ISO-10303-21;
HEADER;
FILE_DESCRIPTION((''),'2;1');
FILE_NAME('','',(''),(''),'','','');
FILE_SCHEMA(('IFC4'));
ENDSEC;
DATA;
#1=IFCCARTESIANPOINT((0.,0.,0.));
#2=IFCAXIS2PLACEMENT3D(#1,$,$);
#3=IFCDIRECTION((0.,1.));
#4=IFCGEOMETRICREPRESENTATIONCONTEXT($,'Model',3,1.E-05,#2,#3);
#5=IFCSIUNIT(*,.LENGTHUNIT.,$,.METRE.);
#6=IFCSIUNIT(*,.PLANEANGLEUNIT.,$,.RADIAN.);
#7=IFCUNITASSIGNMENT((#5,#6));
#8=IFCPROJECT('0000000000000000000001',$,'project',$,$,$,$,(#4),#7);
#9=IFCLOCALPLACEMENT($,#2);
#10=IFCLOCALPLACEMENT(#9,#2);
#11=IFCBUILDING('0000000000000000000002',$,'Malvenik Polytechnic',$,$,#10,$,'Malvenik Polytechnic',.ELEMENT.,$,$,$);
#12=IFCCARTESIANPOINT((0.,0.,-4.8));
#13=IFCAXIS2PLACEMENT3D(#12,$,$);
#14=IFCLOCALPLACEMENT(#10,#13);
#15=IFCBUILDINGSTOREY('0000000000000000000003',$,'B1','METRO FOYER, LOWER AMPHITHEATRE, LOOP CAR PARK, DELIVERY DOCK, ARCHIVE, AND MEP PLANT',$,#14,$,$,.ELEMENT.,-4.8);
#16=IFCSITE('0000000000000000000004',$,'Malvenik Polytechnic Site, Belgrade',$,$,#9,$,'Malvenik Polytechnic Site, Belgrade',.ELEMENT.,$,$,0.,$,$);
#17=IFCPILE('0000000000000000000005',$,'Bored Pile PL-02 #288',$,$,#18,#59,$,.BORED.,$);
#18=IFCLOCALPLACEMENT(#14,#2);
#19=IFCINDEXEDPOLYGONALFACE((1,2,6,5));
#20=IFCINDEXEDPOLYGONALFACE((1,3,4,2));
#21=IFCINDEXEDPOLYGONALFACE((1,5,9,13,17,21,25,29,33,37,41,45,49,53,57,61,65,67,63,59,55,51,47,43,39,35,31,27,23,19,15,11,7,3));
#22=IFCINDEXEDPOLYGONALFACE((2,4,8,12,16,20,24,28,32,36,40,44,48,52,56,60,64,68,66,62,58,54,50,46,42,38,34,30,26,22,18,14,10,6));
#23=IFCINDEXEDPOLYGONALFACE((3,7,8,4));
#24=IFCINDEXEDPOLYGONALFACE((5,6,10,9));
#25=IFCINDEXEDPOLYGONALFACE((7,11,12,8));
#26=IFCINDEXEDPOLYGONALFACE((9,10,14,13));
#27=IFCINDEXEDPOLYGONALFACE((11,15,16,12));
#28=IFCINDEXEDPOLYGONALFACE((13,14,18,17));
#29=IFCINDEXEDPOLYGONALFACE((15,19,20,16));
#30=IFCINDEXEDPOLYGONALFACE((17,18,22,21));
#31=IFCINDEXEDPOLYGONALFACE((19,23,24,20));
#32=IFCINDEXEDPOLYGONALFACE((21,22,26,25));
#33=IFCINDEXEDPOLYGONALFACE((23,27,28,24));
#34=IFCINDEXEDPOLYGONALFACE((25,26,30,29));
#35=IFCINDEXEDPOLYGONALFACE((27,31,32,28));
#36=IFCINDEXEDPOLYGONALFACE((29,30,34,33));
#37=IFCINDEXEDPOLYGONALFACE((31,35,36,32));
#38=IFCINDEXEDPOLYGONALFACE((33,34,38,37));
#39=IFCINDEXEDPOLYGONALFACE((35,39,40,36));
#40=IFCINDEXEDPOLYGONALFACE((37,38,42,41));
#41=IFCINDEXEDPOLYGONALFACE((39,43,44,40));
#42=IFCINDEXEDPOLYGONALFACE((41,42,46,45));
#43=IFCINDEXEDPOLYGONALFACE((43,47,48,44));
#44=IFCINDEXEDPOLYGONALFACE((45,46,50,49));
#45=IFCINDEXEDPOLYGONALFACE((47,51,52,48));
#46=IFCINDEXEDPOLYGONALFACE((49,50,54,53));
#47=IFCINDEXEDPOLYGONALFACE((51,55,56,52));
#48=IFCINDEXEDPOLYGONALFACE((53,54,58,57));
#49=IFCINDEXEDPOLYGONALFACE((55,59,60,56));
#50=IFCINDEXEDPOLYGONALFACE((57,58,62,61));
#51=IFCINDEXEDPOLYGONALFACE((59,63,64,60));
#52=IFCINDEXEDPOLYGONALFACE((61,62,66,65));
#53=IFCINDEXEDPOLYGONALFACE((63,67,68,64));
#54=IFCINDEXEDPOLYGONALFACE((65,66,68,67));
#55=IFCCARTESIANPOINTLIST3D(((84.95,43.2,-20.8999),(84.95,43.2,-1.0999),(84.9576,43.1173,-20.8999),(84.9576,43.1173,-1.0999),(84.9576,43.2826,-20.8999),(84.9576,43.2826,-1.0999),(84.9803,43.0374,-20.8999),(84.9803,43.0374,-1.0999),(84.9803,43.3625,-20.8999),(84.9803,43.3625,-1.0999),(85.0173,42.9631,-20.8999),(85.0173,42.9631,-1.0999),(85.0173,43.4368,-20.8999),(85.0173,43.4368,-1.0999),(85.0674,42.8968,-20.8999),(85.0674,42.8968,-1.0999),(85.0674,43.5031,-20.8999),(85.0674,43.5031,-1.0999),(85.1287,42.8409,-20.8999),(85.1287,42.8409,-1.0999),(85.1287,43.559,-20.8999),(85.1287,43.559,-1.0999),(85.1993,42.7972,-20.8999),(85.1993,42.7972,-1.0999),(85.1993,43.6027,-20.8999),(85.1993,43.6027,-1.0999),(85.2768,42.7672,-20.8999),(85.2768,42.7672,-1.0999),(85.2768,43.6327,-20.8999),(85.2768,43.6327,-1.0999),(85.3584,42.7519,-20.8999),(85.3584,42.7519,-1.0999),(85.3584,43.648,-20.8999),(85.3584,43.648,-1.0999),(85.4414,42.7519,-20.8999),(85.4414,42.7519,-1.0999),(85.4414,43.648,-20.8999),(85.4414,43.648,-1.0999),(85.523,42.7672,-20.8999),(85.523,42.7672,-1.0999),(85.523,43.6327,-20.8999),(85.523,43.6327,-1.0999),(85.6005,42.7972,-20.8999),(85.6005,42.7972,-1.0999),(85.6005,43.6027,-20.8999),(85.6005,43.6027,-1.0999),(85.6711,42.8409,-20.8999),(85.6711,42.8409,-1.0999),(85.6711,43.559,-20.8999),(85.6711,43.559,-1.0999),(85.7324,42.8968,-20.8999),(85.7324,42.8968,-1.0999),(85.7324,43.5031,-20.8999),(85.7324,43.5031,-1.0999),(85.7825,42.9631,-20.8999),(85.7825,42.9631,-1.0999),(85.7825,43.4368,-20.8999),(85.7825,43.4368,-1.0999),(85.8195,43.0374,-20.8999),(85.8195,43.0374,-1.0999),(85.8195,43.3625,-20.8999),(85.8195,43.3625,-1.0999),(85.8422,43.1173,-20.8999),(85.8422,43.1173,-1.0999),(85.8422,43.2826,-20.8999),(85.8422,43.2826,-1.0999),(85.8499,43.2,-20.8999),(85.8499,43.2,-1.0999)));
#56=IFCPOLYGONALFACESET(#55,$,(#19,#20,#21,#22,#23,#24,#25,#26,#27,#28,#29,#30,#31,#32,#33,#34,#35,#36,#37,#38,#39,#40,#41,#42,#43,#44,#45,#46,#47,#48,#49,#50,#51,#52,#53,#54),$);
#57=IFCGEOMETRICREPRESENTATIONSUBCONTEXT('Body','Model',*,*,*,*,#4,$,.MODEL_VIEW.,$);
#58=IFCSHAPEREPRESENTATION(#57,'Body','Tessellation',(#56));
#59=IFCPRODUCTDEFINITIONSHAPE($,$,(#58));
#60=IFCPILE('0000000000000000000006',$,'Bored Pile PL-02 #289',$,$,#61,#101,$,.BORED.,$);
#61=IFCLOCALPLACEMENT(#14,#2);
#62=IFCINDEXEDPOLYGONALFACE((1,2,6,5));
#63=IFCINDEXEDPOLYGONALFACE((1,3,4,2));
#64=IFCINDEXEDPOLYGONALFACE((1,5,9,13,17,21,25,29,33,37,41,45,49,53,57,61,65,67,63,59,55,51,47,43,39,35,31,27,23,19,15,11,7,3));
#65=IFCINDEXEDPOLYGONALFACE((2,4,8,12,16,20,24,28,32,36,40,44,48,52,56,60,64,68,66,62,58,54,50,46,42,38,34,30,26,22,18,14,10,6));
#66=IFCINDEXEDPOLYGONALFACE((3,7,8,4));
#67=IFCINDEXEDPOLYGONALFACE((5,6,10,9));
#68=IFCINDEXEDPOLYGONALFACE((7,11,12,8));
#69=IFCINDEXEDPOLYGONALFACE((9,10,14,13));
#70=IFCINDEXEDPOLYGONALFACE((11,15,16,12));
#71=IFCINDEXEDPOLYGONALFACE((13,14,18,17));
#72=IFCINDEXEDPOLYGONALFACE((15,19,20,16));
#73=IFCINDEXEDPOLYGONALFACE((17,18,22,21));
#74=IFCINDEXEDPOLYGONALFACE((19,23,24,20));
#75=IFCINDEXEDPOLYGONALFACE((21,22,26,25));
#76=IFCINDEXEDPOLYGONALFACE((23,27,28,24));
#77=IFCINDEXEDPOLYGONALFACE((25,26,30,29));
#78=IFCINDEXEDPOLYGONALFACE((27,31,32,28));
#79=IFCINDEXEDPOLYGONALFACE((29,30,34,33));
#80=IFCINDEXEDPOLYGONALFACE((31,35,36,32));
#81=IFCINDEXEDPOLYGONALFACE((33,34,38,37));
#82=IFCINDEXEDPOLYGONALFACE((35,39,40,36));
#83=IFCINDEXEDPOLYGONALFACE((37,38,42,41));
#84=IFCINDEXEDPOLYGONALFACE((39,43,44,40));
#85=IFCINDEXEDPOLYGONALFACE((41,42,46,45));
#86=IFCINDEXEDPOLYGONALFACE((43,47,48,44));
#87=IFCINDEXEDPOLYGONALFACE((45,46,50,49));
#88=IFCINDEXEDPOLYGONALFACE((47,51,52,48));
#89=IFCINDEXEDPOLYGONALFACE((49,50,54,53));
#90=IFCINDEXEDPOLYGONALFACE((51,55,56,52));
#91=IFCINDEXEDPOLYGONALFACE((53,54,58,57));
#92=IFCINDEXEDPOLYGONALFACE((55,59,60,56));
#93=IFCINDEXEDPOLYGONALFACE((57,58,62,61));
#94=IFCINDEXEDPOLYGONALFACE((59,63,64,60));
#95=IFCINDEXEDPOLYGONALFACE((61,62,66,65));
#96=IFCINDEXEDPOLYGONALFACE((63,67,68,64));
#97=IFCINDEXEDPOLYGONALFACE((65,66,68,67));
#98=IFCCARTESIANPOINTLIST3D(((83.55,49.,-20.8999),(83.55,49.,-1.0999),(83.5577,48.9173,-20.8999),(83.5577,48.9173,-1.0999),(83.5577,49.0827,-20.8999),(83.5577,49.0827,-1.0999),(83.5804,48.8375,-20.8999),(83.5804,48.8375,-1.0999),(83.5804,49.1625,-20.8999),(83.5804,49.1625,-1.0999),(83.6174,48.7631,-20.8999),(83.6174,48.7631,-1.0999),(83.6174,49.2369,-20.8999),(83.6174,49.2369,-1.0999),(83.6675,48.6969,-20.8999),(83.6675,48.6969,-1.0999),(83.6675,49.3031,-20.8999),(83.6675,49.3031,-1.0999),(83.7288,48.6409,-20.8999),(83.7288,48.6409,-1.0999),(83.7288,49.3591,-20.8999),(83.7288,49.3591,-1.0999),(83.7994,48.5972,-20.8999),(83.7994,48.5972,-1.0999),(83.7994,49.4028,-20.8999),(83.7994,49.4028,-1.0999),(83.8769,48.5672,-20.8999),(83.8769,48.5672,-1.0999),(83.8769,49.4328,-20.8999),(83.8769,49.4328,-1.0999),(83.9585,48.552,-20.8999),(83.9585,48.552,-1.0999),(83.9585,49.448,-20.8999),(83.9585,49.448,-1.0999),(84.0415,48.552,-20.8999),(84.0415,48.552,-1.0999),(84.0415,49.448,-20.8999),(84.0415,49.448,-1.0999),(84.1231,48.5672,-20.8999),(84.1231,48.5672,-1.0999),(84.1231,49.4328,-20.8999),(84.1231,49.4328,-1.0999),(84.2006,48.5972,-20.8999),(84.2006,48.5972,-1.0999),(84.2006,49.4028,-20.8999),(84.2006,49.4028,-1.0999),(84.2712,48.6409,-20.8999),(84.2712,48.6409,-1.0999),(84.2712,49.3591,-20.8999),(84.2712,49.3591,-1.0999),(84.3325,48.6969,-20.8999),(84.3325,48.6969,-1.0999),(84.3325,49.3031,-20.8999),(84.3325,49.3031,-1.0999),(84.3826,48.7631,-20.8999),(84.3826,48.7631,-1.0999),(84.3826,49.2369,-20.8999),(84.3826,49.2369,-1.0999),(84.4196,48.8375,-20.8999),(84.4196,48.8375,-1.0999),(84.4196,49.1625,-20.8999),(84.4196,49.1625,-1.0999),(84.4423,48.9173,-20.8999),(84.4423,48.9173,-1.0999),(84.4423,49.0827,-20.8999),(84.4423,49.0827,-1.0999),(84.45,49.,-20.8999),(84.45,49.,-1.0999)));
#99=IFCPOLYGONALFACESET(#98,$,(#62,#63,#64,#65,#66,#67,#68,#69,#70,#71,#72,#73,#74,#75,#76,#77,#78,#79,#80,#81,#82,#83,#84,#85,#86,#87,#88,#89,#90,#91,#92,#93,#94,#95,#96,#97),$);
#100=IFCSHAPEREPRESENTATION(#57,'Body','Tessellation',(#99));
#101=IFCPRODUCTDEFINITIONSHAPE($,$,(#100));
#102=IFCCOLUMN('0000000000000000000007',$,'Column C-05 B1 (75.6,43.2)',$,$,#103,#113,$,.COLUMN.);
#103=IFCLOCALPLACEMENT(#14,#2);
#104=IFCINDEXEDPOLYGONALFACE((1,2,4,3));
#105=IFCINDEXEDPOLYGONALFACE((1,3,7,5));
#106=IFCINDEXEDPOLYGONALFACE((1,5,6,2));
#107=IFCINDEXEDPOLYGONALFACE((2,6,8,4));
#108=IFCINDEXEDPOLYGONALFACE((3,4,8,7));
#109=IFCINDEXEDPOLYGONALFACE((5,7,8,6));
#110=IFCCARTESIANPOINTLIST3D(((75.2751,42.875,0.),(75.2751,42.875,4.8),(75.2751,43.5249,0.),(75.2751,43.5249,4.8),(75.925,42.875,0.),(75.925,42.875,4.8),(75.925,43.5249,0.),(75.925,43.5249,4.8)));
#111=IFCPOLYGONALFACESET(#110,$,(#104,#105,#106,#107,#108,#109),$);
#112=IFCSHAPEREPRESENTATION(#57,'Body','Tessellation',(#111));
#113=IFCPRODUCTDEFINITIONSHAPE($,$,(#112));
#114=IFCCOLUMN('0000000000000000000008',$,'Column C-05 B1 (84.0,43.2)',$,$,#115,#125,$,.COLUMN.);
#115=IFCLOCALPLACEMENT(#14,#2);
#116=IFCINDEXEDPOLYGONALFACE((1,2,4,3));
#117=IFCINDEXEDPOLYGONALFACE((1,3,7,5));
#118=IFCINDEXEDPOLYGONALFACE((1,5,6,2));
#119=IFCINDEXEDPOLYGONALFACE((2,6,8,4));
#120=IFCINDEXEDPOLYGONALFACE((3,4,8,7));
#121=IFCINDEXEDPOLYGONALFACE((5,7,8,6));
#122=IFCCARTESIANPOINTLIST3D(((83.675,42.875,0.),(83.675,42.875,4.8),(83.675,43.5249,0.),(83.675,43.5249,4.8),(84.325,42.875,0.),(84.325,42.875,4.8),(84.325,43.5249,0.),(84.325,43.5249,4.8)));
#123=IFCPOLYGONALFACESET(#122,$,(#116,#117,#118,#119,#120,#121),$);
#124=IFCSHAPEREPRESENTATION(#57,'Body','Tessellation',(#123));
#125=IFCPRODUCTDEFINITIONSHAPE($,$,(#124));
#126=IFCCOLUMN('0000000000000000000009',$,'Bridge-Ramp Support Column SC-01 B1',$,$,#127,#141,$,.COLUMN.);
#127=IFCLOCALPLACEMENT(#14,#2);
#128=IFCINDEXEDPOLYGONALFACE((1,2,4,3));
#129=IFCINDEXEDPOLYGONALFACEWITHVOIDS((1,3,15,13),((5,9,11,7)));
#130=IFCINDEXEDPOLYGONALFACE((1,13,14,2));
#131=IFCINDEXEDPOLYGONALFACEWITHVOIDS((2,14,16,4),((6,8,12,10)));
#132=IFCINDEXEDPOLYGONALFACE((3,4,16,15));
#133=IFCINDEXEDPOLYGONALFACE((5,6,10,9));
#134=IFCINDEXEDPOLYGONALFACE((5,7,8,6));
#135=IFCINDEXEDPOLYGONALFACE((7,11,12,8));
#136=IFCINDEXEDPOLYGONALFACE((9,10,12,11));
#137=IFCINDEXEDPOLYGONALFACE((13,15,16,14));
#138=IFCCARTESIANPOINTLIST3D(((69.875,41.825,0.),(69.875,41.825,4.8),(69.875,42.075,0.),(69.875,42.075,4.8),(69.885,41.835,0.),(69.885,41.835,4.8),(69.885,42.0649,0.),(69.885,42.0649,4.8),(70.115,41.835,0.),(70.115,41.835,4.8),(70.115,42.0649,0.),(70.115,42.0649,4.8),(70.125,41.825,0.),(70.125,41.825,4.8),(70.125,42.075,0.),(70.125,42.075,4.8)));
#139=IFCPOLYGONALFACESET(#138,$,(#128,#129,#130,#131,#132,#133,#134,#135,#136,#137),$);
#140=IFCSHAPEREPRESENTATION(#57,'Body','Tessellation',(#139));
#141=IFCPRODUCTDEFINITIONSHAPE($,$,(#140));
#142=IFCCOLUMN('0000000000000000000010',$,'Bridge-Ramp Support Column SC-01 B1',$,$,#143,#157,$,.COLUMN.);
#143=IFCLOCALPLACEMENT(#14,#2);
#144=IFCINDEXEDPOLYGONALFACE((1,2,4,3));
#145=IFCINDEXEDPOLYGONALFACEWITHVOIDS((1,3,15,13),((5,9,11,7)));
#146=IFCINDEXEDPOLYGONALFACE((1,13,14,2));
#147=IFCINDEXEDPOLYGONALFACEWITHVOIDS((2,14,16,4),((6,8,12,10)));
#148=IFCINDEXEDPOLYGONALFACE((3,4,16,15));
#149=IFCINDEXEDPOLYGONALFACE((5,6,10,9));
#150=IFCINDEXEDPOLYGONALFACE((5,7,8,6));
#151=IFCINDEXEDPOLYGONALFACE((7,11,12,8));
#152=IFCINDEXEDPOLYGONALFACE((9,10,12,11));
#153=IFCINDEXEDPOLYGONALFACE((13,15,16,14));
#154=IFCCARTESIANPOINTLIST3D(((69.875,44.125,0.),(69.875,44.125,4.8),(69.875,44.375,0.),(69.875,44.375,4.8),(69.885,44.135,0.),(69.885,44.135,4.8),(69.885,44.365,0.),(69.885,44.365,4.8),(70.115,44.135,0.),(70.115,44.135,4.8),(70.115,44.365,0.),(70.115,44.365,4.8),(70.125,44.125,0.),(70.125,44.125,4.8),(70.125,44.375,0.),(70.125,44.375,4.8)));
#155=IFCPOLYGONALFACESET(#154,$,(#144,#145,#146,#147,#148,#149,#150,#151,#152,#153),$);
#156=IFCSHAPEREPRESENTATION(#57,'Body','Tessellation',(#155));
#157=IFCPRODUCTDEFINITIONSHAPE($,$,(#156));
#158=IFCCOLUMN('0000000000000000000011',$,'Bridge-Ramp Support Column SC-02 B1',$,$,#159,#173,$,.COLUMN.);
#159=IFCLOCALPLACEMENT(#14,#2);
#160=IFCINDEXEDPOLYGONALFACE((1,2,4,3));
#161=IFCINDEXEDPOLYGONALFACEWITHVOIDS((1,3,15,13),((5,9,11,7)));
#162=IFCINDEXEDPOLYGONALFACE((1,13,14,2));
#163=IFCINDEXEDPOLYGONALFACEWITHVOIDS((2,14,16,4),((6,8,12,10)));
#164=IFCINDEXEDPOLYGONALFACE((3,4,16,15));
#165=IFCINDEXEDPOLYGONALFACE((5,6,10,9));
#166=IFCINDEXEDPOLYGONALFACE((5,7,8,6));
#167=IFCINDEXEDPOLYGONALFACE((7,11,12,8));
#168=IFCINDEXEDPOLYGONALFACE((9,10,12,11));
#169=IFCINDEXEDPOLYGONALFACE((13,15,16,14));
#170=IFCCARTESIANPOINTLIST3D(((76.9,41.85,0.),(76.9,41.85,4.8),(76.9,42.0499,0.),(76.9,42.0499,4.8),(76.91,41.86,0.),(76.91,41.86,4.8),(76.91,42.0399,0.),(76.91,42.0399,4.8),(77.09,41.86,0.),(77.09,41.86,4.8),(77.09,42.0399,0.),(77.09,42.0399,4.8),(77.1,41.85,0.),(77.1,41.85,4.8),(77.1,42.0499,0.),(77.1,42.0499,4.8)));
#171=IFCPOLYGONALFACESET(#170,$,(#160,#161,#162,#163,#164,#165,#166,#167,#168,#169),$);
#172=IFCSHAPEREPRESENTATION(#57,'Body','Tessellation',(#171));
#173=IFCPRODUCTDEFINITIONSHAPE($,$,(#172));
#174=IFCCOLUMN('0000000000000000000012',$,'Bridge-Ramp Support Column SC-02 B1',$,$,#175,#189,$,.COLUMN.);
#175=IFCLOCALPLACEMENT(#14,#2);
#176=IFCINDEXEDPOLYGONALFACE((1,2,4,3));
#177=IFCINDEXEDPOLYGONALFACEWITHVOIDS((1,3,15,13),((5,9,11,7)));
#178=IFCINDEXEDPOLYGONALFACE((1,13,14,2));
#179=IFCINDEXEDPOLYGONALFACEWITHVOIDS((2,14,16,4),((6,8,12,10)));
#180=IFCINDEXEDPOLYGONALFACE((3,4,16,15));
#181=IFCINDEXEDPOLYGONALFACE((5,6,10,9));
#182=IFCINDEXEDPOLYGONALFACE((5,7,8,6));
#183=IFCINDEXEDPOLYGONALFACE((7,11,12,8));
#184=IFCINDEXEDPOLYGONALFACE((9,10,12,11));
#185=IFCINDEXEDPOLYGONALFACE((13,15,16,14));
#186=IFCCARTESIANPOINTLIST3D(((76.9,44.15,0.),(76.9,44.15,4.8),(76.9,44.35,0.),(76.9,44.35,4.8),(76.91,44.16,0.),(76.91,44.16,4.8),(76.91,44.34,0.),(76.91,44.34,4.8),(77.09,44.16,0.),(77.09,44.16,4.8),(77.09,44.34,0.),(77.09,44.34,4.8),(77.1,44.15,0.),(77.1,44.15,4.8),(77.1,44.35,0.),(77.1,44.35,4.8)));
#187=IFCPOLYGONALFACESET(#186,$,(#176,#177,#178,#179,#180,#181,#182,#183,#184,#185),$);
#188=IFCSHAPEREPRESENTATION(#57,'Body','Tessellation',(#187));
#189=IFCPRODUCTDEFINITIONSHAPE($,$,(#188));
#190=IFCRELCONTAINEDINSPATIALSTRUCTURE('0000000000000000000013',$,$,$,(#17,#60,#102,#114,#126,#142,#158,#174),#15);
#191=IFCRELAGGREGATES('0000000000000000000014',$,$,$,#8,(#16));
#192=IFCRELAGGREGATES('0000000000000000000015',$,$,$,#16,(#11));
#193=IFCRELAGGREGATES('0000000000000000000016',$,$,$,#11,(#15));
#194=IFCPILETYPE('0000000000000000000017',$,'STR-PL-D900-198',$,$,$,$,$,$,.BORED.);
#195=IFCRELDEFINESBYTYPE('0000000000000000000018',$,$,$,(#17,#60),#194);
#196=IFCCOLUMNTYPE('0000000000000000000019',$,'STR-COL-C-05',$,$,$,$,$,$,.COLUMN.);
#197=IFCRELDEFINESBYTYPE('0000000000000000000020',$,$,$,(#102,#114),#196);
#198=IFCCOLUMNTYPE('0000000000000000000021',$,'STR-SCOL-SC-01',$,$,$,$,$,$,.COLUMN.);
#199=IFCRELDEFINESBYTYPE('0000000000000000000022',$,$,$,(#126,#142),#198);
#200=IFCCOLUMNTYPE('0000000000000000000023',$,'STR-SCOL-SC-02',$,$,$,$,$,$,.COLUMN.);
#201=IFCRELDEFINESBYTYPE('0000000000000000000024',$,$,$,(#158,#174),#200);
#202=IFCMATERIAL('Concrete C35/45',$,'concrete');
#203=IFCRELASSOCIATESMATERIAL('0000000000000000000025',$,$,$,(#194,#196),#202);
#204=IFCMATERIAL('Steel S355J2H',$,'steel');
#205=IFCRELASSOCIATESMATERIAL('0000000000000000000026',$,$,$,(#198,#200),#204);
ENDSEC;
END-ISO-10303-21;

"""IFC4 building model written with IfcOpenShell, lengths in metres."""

from ifc_helpers import new_model, si_unit, direction, frame, origin, origin_2d, place, context, subcontext, project, spatial, rectangle, hollow_rectangle, circle, extrude, material, material_profile, profile_set, type_object, element, save


model = new_model("IFC4")

# Units and contexts
model_context = context("Model", 3, precision=1e-05, world=origin(), true_north=direction((0.0, 1.0)))
body_context = subcontext(model_context, "Body", "Model", "MODEL_VIEW")
ifc_project = project(units=[si_unit("LENGTHUNIT", "METRE"), si_unit("PLANEANGLEUNIT", "RADIAN")], contexts=[model_context])

# Site, building, storey
site_placement = place(None, origin())
site = spatial("IfcSite", under=ifc_project, at=site_placement, Name="Malvenik Polytechnic Site, Belgrade", LongName="Malvenik Polytechnic Site, Belgrade", CompositionType="ELEMENT", RefElevation=0.0)
building_placement = place(site_placement, origin())
building = spatial("IfcBuilding", under=site, at=building_placement, Name="Malvenik Polytechnic", LongName="Malvenik Polytechnic", CompositionType="ELEMENT")
storey_placement = place(building_placement, frame((0.0, 0.0, -4.8)))
storey = spatial("IfcBuildingStorey", under=building, at=storey_placement, Name="B1", Description="METRO FOYER, LOWER AMPHITHEATRE, LOOP CAR PARK, DELIVERY DOCK, ARCHIVE, AND MEP PLANT", CompositionType="ELEMENT", Elevation=-4.8)

# Shared definitions
ifc_material_1 = material(Name="Concrete C35/45", Category="concrete")

# Piles
ifc_material_profile_1 = material_profile(ifc_material_1, circle(Radius=0.45, at=origin_2d()), Name="BORED PILE D900")
ifc_profile_set_1 = profile_set([ifc_material_profile_1], Name="Concrete C35/45")
pile_type = type_object("IfcPileType", Name="STR-PL-D900-198", PredefinedType="BORED", material=ifc_profile_set_1)
for number, where, z_axis, x_axis, name in (
    (1, (85.3999, 43.2, -1.0999), (0.0, 0.0, -1.0), (1.0, 0.0, 0.0), "Bored Pile PL-02 #288"),
    (2, (84.0, 49.0, -1.0999), (0.0, 0.0, -1.0), (1.0, 0.0, 0.0), "Bored Pile PL-02 #289"),
):
    element("IfcPile", number, at=place(storey_placement, frame(where, z_axis=z_axis, x_axis=x_axis)), inside=storey, type_object=pile_type, Name=name, PredefinedType="BORED", context=body_context, shape_type="SweptSolid", body=[
        extrude(circle(Radius=0.45, at=origin_2d()), origin(), (0.0, 0.0, 1.0), 19.8),
    ])

# Columns
ifc_material_profile_2 = material_profile(ifc_material_1, rectangle(XDim=0.6499, YDim=0.6499, at=origin_2d()), Name="RC COL 650x650")
ifc_profile_set_2 = profile_set([ifc_material_profile_2], Name="Concrete C35/45")
column_type_1 = type_object("IfcColumnType", Name="STR-COL-C-05", PredefinedType="COLUMN", material=ifc_profile_set_2)
for number, where, z_axis, x_axis, name in (
    (3, (75.6001, 43.2, 0.0), (0.0, 0.0, 1.0), (1.0, 0.0, 0.0), "Column C-05 B1 (75.6,43.2)"),
    (4, (84.0, 43.2, 0.0), (0.0, 0.0, 1.0), (1.0, 0.0, 0.0), "Column C-05 B1 (84.0,43.2)"),
):
    element("IfcColumn", number, at=place(storey_placement, frame(where, z_axis=z_axis, x_axis=x_axis)), inside=storey, type_object=column_type_1, Name=name, PredefinedType="COLUMN", context=body_context, shape_type="SweptSolid", body=[
        extrude(rectangle(XDim=0.6499, YDim=0.6499, at=origin_2d()), origin(), (0.0, 0.0, 1.0), 4.8),
    ])
ifc_material_2 = material(Name="Steel S355J2H", Category="steel")
ifc_material_profile_3 = material_profile(ifc_material_2, hollow_rectangle(XDim=0.25, YDim=0.25, WallThickness=0.01, at=origin_2d()), Name="SHS 250x250x10.0")
ifc_profile_set_3 = profile_set([ifc_material_profile_3], Name="Steel S355J2H")
column_type_2 = type_object("IfcColumnType", Name="STR-SCOL-SC-01", PredefinedType="COLUMN", material=ifc_profile_set_3)
for number, where, z_axis, x_axis, name in (
    (5, (70.0, 41.95, 0.0), (0.0, 0.0, 1.0), (1.0, 0.0, 0.0), "Bridge-Ramp Support Column SC-01 B1"),
    (6, (70.0, 44.25, 0.0), (0.0, 0.0, 1.0), (1.0, 0.0, 0.0), "Bridge-Ramp Support Column SC-01 B1"),
):
    element("IfcColumn", number, at=place(storey_placement, frame(where, z_axis=z_axis, x_axis=x_axis)), inside=storey, type_object=column_type_2, Name=name, PredefinedType="COLUMN", context=body_context, shape_type="SweptSolid", body=[
        extrude(hollow_rectangle(XDim=0.25, YDim=0.25, WallThickness=0.01, at=origin_2d()), origin(), (0.0, 0.0, 1.0), 4.8),
    ])
ifc_material_profile_4 = material_profile(ifc_material_2, hollow_rectangle(XDim=0.2, YDim=0.2, WallThickness=0.01, at=origin_2d()), Name="SHS 200x200x10.0")
ifc_profile_set_4 = profile_set([ifc_material_profile_4], Name="Steel S355J2H")
column_type_3 = type_object("IfcColumnType", Name="STR-SCOL-SC-02", PredefinedType="COLUMN", material=ifc_profile_set_4)
for number, where, z_axis, x_axis, name in (
    (7, (77.0, 41.95, 0.0), (0.0, 0.0, 1.0), (1.0, 0.0, 0.0), "Bridge-Ramp Support Column SC-02 B1"),
    (8, (77.0, 44.25, 0.0), (0.0, 0.0, 1.0), (1.0, 0.0, 0.0), "Bridge-Ramp Support Column SC-02 B1"),
):
    element("IfcColumn", number, at=place(storey_placement, frame(where, z_axis=z_axis, x_axis=x_axis)), inside=storey, type_object=column_type_3, Name=name, PredefinedType="COLUMN", context=body_context, shape_type="SweptSolid", body=[
        extrude(hollow_rectangle(XDim=0.2, YDim=0.2, WallThickness=0.01, at=origin_2d()), origin(), (0.0, 0.0, 1.0), 4.8),
    ])

save(model, "model.ifc")
